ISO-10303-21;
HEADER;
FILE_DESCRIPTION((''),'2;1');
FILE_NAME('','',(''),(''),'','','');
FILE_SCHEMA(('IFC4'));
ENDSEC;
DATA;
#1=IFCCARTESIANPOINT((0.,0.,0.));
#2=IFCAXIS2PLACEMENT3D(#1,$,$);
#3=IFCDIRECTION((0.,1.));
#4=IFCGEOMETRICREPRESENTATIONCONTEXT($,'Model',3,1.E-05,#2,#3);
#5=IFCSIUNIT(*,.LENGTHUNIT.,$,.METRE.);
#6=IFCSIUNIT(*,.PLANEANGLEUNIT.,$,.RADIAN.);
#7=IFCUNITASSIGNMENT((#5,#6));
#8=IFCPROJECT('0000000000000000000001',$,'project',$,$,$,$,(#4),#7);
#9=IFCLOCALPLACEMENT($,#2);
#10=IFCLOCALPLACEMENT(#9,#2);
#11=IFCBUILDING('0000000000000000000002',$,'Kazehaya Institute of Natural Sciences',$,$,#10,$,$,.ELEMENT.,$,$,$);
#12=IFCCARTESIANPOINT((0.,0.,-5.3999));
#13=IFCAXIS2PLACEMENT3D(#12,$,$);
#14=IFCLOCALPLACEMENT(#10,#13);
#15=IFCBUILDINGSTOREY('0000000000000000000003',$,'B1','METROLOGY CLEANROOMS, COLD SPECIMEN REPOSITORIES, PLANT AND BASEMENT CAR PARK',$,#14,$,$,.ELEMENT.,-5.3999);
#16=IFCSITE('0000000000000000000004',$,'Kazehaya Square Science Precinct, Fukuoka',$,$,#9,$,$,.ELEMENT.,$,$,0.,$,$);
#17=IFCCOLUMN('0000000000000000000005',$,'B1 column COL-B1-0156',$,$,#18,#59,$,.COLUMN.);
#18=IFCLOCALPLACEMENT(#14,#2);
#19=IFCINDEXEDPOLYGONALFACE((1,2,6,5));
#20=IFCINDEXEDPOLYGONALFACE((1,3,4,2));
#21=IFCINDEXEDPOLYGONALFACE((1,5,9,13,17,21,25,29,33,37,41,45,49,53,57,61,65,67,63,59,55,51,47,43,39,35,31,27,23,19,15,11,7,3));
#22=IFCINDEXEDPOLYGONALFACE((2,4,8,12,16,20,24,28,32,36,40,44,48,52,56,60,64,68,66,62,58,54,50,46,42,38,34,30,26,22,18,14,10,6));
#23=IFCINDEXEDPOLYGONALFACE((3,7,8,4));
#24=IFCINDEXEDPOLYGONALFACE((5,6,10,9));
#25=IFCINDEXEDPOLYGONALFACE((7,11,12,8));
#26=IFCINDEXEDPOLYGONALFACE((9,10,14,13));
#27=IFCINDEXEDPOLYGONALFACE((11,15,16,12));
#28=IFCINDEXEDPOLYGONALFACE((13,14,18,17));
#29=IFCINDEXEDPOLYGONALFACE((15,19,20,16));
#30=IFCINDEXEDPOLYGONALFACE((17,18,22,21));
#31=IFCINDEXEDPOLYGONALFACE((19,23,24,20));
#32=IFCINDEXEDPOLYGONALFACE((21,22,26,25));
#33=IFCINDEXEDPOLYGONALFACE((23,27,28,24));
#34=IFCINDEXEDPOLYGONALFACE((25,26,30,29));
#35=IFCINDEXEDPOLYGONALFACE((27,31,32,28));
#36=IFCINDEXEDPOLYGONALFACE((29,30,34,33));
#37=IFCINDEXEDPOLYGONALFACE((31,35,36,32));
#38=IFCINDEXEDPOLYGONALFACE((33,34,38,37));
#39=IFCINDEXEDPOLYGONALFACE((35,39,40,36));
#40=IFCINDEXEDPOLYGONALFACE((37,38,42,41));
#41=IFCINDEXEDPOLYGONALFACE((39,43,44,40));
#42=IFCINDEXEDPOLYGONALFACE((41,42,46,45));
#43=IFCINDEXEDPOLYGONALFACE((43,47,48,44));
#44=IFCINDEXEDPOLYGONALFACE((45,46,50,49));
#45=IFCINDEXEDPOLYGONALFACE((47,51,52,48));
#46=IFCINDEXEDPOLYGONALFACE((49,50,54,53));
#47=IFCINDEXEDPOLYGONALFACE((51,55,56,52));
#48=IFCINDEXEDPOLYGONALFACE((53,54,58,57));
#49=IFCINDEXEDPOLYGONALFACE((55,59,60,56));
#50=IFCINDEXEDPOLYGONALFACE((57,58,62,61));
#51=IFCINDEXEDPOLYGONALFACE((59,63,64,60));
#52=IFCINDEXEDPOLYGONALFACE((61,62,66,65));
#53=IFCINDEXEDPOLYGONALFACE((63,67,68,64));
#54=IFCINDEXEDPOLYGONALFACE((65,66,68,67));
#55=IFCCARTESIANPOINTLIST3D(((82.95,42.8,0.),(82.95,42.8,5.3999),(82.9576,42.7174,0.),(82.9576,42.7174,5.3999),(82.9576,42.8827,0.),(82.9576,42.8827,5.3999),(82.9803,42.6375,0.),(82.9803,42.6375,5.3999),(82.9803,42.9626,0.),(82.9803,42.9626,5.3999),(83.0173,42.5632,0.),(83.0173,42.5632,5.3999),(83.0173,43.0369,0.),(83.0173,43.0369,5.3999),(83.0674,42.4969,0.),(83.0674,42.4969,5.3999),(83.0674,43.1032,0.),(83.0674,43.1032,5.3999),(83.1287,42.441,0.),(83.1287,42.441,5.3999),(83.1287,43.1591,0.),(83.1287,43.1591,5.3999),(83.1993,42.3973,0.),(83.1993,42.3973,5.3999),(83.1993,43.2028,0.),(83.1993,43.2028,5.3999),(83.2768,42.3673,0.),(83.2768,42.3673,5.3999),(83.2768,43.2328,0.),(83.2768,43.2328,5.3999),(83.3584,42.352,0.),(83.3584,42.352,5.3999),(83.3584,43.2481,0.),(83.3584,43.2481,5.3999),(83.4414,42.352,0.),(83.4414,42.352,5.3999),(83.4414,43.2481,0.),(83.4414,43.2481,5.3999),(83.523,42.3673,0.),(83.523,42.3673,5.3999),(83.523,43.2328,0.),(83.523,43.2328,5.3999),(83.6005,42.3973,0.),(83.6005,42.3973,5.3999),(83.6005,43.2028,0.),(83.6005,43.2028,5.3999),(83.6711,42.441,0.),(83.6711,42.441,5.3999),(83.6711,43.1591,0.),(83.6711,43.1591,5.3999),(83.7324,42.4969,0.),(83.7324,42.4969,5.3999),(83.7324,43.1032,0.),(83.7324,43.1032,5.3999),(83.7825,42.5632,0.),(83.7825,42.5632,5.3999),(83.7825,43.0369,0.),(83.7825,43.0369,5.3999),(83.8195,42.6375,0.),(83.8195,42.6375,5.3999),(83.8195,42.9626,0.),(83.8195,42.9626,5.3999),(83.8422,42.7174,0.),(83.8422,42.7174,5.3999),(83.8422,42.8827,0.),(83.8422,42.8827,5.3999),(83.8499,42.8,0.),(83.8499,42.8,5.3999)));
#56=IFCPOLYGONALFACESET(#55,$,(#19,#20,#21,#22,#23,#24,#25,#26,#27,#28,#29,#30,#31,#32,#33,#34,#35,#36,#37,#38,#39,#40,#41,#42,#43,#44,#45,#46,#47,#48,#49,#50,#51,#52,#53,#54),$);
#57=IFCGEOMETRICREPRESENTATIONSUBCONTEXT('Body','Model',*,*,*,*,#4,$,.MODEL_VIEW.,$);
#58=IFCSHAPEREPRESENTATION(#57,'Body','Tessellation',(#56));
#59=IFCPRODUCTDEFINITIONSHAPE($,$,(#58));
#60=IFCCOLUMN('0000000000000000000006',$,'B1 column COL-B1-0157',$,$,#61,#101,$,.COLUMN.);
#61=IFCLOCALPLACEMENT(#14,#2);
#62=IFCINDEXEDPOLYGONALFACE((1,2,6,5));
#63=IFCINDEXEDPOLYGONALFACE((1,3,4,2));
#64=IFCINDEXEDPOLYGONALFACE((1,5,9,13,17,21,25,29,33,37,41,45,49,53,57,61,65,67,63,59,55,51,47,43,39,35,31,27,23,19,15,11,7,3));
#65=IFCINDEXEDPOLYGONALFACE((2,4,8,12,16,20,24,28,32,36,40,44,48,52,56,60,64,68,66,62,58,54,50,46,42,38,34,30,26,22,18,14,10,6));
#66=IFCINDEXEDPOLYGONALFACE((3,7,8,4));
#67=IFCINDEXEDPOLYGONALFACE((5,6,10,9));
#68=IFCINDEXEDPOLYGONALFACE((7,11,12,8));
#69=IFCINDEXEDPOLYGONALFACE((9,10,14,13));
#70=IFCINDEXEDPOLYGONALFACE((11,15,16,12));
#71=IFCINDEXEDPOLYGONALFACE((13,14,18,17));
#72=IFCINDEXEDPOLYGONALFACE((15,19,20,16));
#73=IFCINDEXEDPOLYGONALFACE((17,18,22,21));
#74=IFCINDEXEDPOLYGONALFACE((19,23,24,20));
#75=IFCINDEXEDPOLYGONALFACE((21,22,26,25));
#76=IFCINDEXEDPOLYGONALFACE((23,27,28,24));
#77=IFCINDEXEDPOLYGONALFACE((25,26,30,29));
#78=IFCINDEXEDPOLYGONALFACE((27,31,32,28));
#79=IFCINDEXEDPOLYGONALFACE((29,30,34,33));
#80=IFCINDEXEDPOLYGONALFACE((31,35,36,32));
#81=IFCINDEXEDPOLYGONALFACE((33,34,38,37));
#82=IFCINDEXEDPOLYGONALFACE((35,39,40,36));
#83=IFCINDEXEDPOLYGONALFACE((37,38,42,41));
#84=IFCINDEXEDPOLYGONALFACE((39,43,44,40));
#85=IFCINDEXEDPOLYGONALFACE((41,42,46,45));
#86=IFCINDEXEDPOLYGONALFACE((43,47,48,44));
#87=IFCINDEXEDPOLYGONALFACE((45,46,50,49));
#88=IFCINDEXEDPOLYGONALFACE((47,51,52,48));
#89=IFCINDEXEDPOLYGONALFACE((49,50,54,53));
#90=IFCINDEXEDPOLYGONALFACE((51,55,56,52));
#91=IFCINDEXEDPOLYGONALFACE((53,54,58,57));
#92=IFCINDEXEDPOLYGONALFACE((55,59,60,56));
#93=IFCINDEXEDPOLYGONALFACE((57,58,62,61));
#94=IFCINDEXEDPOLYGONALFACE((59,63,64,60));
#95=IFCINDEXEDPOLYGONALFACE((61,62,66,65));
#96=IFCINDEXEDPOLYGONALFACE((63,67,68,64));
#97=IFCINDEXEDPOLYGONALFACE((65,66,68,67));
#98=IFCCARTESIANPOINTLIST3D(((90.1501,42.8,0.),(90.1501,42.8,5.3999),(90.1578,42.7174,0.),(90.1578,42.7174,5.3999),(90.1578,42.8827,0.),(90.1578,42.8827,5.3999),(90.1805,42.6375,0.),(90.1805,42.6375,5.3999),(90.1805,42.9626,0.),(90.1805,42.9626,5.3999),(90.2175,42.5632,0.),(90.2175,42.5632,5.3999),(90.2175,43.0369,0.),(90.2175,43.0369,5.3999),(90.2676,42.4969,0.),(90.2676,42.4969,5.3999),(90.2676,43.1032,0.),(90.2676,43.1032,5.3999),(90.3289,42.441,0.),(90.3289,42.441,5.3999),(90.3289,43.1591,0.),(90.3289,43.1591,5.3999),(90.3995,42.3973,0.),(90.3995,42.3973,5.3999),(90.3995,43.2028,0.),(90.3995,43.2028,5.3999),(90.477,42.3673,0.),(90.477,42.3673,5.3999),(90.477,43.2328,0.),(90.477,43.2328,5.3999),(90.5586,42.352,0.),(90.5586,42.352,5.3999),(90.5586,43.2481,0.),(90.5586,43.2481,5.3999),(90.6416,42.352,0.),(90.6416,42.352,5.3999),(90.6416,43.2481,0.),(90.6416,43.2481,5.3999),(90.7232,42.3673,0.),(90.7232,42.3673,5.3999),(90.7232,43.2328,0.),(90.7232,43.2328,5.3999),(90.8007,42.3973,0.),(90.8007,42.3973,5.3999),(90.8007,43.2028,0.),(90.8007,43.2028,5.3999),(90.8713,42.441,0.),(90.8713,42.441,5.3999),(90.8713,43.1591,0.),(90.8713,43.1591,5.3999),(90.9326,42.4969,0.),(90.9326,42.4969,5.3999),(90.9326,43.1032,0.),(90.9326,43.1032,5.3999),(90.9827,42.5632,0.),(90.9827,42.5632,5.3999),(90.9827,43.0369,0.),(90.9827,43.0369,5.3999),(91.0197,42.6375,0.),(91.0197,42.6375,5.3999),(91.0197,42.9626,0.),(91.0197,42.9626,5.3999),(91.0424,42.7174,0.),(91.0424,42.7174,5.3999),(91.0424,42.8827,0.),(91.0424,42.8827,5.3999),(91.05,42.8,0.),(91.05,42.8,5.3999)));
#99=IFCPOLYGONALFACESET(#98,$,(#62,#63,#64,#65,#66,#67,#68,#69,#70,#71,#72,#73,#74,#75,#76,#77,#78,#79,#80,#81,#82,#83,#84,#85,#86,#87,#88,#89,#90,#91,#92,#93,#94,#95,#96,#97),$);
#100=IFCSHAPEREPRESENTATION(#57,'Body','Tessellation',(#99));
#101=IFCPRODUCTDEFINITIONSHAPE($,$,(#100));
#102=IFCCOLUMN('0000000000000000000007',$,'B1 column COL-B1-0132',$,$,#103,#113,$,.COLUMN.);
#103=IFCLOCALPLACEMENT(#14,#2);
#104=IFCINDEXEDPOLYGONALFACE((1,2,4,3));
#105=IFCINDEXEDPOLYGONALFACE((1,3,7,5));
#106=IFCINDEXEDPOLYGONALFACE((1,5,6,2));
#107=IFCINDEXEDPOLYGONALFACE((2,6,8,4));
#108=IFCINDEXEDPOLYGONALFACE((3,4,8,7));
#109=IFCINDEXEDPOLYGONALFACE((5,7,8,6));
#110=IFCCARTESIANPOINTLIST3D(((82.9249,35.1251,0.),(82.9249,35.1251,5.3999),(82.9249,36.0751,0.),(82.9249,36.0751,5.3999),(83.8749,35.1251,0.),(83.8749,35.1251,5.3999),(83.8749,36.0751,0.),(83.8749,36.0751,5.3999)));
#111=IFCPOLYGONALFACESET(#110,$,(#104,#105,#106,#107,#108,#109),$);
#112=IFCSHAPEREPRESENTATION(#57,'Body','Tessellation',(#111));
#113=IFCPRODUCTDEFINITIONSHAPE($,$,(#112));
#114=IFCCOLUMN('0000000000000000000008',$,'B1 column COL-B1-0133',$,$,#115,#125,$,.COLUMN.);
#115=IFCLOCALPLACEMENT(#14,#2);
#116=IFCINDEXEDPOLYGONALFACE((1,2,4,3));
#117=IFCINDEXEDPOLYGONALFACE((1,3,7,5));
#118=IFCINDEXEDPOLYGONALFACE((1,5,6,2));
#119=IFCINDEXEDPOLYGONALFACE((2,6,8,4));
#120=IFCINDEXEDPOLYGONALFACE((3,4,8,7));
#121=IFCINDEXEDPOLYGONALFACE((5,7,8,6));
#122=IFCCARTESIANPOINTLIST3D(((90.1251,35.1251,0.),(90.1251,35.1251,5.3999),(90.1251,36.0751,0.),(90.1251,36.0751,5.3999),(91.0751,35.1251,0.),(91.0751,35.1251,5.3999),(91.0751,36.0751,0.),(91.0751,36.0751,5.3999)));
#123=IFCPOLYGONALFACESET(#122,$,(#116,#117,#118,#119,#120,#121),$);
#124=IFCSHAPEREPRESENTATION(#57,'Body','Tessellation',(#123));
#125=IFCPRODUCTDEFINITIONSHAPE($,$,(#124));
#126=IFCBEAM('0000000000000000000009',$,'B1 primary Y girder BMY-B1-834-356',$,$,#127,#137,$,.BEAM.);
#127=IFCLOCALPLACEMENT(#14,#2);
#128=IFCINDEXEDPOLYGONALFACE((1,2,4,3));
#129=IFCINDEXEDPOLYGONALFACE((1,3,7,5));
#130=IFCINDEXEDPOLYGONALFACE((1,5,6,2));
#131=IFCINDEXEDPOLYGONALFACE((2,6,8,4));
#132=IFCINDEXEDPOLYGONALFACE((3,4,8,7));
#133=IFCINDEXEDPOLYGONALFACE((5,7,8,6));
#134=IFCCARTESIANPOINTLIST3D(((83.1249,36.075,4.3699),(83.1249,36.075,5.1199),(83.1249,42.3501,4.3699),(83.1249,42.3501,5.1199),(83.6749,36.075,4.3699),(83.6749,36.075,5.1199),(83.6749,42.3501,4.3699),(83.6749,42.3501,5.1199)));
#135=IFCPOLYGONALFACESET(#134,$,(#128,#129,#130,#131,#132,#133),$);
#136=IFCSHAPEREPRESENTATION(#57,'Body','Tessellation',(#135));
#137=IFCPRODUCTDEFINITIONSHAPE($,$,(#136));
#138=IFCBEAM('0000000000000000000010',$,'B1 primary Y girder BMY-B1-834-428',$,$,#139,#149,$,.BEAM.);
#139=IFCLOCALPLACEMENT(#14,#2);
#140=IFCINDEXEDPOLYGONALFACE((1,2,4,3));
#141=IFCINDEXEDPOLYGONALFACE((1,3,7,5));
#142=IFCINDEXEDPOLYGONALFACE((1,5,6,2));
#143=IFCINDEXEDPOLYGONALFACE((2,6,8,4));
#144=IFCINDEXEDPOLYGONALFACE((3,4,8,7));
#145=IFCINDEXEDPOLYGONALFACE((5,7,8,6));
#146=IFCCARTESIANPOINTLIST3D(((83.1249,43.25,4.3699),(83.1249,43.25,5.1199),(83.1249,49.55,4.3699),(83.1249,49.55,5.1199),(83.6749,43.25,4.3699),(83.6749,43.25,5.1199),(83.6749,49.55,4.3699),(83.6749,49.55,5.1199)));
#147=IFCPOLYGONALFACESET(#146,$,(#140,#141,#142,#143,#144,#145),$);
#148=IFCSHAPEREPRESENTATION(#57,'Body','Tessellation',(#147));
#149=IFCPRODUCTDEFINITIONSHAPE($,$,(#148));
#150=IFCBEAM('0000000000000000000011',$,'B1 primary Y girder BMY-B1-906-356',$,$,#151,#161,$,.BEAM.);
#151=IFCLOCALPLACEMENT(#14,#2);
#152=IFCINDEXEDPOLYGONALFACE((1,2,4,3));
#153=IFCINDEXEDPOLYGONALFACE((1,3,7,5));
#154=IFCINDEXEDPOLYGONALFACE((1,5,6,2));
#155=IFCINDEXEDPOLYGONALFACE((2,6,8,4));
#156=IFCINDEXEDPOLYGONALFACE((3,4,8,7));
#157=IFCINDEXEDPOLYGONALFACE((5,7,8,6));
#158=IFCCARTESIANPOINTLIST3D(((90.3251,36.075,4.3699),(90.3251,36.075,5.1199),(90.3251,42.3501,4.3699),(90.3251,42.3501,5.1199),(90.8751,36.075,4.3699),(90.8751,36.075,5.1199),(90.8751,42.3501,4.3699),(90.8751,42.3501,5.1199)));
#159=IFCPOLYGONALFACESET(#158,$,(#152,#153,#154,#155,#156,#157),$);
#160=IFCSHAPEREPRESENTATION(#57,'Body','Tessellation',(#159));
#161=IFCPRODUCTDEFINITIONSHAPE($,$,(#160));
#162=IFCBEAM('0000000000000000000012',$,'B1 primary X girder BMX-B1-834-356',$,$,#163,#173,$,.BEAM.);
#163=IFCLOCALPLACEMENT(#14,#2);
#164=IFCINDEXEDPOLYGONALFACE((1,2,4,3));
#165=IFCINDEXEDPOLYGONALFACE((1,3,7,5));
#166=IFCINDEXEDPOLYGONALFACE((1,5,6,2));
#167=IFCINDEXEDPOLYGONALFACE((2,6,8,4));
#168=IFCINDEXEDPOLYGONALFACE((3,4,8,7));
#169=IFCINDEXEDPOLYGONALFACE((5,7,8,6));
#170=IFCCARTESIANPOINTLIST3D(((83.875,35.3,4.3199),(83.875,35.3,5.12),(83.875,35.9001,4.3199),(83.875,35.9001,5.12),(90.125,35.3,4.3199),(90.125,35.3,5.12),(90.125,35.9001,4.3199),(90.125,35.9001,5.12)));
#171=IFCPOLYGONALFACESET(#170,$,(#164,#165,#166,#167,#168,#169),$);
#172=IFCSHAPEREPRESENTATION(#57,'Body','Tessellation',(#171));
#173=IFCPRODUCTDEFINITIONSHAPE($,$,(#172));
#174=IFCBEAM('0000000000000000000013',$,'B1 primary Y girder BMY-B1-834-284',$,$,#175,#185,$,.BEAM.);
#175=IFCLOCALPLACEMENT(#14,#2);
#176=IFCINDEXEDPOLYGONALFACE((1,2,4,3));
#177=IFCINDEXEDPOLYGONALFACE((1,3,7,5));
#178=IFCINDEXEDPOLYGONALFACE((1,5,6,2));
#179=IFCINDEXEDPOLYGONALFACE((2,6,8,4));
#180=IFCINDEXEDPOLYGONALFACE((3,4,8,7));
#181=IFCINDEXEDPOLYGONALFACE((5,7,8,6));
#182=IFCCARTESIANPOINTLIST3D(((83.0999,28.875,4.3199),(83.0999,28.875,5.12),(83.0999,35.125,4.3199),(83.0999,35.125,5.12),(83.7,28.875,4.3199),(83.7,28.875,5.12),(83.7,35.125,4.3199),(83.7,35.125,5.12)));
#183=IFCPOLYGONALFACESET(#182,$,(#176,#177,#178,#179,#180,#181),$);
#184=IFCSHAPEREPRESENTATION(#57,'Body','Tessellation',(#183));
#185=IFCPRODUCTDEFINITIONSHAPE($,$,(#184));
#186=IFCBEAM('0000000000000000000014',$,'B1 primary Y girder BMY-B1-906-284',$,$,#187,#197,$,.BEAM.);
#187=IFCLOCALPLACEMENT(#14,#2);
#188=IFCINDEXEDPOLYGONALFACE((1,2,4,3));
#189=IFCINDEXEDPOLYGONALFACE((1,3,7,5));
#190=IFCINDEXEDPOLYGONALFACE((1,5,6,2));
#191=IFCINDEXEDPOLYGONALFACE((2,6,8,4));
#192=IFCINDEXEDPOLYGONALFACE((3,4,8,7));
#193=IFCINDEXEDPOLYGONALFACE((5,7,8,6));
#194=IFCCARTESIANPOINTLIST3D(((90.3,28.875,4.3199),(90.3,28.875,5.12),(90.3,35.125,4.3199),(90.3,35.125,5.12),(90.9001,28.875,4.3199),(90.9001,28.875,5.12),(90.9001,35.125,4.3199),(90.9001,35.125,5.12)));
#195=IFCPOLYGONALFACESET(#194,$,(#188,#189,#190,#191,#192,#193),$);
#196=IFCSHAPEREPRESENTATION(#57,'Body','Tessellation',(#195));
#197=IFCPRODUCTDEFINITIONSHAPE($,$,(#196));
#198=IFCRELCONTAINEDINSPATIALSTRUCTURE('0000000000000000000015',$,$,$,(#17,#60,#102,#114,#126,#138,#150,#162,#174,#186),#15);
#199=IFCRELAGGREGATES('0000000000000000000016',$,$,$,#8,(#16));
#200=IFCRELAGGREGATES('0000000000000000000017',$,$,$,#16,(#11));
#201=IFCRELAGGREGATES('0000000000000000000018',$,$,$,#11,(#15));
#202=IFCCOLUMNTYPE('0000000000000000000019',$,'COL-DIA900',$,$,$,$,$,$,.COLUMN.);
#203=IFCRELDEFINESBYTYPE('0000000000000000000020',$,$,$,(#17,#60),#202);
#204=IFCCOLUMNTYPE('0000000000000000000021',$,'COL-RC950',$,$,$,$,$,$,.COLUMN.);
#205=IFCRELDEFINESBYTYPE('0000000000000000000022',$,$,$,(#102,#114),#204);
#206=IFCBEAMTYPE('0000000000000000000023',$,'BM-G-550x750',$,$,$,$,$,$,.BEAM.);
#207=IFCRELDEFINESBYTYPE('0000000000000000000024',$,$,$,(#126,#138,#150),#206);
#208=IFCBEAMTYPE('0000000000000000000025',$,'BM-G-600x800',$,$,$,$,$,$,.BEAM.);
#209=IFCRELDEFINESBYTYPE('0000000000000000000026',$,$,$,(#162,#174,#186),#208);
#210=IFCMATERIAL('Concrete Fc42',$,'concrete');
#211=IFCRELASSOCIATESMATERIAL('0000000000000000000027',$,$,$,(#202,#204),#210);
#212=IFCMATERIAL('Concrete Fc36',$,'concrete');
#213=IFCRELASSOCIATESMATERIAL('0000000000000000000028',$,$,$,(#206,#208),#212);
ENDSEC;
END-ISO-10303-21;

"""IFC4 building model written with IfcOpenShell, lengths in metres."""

from ifc_helpers import new_model, si_unit, direction, frame, origin, origin_2d, place, context, subcontext, project, spatial, rectangle, circle, extrude, material, material_profile, profile_set, type_object, element, save


model = new_model("IFC4")

# Units and contexts
model_context = context("Model", 3, precision=1e-05, world=origin(), true_north=direction((0.0, 1.0)))
body_context = subcontext(model_context, "Body", "Model", "MODEL_VIEW")
ifc_project = project(units=[si_unit("LENGTHUNIT", "METRE"), si_unit("PLANEANGLEUNIT", "RADIAN")], contexts=[model_context])

# Site, building, storey
site_placement = place(None, origin())
site = spatial("IfcSite", under=ifc_project, at=site_placement, Name="Kazehaya Square Science Precinct, Fukuoka", CompositionType="ELEMENT", RefElevation=0.0)
building_placement = place(site_placement, origin())
building = spatial("IfcBuilding", under=site, at=building_placement, Name="Kazehaya Institute of Natural Sciences", CompositionType="ELEMENT")
storey_placement = place(building_placement, frame((0.0, 0.0, -5.3999)))
storey = spatial("IfcBuildingStorey", under=building, at=storey_placement, Name="B1", Description="METROLOGY CLEANROOMS, COLD SPECIMEN REPOSITORIES, PLANT AND BASEMENT CAR PARK", CompositionType="ELEMENT", Elevation=-5.3999)

# Shared definitions
ifc_material_1 = material(Name="Concrete Fc36", Category="concrete")

# Columns
ifc_material_2 = material(Name="Concrete Fc42", Category="concrete")
ifc_material_profile_1 = material_profile(ifc_material_2, circle(Radius=0.45, at=origin_2d()), Name="RC-DIA900")
ifc_profile_set_1 = profile_set([ifc_material_profile_1], Name="Concrete Fc42")
column_type_1 = type_object("IfcColumnType", Name="COL-DIA900", PredefinedType="COLUMN", material=ifc_profile_set_1)
for number, where, z_axis, x_axis, name in (
    (1, (83.3999, 42.8, 0.0), (0.0, 0.0, 1.0), (1.0, 0.0, 0.0), "B1 column COL-B1-0156"),
    (2, (90.6001, 42.8, 0.0), (0.0, 0.0, 1.0), (1.0, 0.0, 0.0), "B1 column COL-B1-0157"),
):
    element("IfcColumn", number, at=place(storey_placement, frame(where, z_axis=z_axis, x_axis=x_axis)), inside=storey, type_object=column_type_1, Name=name, PredefinedType="COLUMN", context=body_context, shape_type="SweptSolid", body=[
        extrude(circle(Radius=0.45, at=origin_2d()), origin(), (0.0, 0.0, 1.0), 5.3999),
    ])
ifc_material_profile_2 = material_profile(ifc_material_2, rectangle(XDim=0.95, YDim=0.95, at=origin_2d()), Name="RC-950x950")
ifc_profile_set_2 = profile_set([ifc_material_profile_2], Name="Concrete Fc42")
column_type_2 = type_object("IfcColumnType", Name="COL-RC950", PredefinedType="COLUMN", material=ifc_profile_set_2)
for number, where, z_axis, x_axis, name in (
    (3, (83.3999, 35.6001, 0.0), (0.0, 0.0, 1.0), (1.0, 0.0, 0.0), "B1 column COL-B1-0132"),
    (4, (90.6001, 35.6001, 0.0), (0.0, 0.0, 1.0), (1.0, 0.0, 0.0), "B1 column COL-B1-0133"),
):
    element("IfcColumn", number, at=place(storey_placement, frame(where, z_axis=z_axis, x_axis=x_axis)), inside=storey, type_object=column_type_2, Name=name, PredefinedType="COLUMN", context=body_context, shape_type="SweptSolid", body=[
        extrude(rectangle(XDim=0.95, YDim=0.95, at=origin_2d()), origin(), (0.0, 0.0, 1.0), 5.3999),
    ])

# Beams
ifc_material_profile_3 = material_profile(ifc_material_1, rectangle(XDim=0.55, YDim=0.75, at=origin_2d()), Name="RC-550x750")
ifc_profile_set_3 = profile_set([ifc_material_profile_3], Name="Concrete Fc36")
beam_type_1 = type_object("IfcBeamType", Name="BM-G-550x750", PredefinedType="BEAM", material=ifc_profile_set_3)
beam_1_placement = place(storey_placement, frame((83.3999, 36.075, 4.7449), z_axis=(0.0, 1.0, 0.0), x_axis=(-1.0, 0.0, 0.0)))
element("IfcBeam", 5, at=beam_1_placement, inside=storey, type_object=beam_type_1, Name="B1 primary Y girder BMY-B1-834-356", PredefinedType="BEAM", context=body_context, shape_type="SweptSolid", body=[
    extrude(rectangle(XDim=0.55, YDim=0.75, at=origin_2d()), origin(), (0.0, 0.0, 1.0), 6.2751),
])
beam_2_placement = place(storey_placement, frame((83.3999, 43.25, 4.7449), z_axis=(0.0, 1.0, 0.0), x_axis=(-1.0, 0.0, 0.0)))
element("IfcBeam", 6, at=beam_2_placement, inside=storey, type_object=beam_type_1, Name="B1 primary Y girder BMY-B1-834-428", PredefinedType="BEAM", context=body_context, shape_type="SweptSolid", body=[
    extrude(rectangle(XDim=0.55, YDim=0.75, at=origin_2d()), origin(), (0.0, 0.0, 1.0), 6.3),
])
beam_3_placement = place(storey_placement, frame((90.6001, 36.075, 4.7449), z_axis=(0.0, 1.0, 0.0), x_axis=(-1.0, 0.0, 0.0)))
element("IfcBeam", 7, at=beam_3_placement, inside=storey, type_object=beam_type_1, Name="B1 primary Y girder BMY-B1-906-356", PredefinedType="BEAM", context=body_context, shape_type="SweptSolid", body=[
    extrude(rectangle(XDim=0.55, YDim=0.75, at=origin_2d()), origin(), (0.0, 0.0, 1.0), 6.2751),
])
ifc_material_profile_4 = material_profile(ifc_material_1, rectangle(XDim=0.6001, YDim=0.8, at=origin_2d()), Name="RC-600x800")
ifc_profile_set_4 = profile_set([ifc_material_profile_4], Name="Concrete Fc36")
beam_type_2 = type_object("IfcBeamType", Name="BM-G-600x800", PredefinedType="BEAM", material=ifc_profile_set_4)
for number, where, z_axis, x_axis, name in (
    (8, (83.875, 35.6001, 4.72), (1.0, 0.0, 0.0), (0.0, 1.0, 0.0), "B1 primary X girder BMX-B1-834-356"),
    (9, (83.3999, 28.875, 4.72), (0.0, 1.0, 0.0), (-1.0, 0.0, 0.0), "B1 primary Y girder BMY-B1-834-284"),
    (10, (90.6001, 28.875, 4.72), (0.0, 1.0, 0.0), (-1.0, 0.0, 0.0), "B1 primary Y girder BMY-B1-906-284"),
):
    element("IfcBeam", number, at=place(storey_placement, frame(where, z_axis=z_axis, x_axis=x_axis)), inside=storey, type_object=beam_type_2, Name=name, PredefinedType="BEAM", context=body_context, shape_type="SweptSolid", body=[
        extrude(rectangle(XDim=0.6001, YDim=0.8, at=origin_2d()), origin(), (0.0, 0.0, 1.0), 6.25),
    ])

save(model, "model.ifc")
